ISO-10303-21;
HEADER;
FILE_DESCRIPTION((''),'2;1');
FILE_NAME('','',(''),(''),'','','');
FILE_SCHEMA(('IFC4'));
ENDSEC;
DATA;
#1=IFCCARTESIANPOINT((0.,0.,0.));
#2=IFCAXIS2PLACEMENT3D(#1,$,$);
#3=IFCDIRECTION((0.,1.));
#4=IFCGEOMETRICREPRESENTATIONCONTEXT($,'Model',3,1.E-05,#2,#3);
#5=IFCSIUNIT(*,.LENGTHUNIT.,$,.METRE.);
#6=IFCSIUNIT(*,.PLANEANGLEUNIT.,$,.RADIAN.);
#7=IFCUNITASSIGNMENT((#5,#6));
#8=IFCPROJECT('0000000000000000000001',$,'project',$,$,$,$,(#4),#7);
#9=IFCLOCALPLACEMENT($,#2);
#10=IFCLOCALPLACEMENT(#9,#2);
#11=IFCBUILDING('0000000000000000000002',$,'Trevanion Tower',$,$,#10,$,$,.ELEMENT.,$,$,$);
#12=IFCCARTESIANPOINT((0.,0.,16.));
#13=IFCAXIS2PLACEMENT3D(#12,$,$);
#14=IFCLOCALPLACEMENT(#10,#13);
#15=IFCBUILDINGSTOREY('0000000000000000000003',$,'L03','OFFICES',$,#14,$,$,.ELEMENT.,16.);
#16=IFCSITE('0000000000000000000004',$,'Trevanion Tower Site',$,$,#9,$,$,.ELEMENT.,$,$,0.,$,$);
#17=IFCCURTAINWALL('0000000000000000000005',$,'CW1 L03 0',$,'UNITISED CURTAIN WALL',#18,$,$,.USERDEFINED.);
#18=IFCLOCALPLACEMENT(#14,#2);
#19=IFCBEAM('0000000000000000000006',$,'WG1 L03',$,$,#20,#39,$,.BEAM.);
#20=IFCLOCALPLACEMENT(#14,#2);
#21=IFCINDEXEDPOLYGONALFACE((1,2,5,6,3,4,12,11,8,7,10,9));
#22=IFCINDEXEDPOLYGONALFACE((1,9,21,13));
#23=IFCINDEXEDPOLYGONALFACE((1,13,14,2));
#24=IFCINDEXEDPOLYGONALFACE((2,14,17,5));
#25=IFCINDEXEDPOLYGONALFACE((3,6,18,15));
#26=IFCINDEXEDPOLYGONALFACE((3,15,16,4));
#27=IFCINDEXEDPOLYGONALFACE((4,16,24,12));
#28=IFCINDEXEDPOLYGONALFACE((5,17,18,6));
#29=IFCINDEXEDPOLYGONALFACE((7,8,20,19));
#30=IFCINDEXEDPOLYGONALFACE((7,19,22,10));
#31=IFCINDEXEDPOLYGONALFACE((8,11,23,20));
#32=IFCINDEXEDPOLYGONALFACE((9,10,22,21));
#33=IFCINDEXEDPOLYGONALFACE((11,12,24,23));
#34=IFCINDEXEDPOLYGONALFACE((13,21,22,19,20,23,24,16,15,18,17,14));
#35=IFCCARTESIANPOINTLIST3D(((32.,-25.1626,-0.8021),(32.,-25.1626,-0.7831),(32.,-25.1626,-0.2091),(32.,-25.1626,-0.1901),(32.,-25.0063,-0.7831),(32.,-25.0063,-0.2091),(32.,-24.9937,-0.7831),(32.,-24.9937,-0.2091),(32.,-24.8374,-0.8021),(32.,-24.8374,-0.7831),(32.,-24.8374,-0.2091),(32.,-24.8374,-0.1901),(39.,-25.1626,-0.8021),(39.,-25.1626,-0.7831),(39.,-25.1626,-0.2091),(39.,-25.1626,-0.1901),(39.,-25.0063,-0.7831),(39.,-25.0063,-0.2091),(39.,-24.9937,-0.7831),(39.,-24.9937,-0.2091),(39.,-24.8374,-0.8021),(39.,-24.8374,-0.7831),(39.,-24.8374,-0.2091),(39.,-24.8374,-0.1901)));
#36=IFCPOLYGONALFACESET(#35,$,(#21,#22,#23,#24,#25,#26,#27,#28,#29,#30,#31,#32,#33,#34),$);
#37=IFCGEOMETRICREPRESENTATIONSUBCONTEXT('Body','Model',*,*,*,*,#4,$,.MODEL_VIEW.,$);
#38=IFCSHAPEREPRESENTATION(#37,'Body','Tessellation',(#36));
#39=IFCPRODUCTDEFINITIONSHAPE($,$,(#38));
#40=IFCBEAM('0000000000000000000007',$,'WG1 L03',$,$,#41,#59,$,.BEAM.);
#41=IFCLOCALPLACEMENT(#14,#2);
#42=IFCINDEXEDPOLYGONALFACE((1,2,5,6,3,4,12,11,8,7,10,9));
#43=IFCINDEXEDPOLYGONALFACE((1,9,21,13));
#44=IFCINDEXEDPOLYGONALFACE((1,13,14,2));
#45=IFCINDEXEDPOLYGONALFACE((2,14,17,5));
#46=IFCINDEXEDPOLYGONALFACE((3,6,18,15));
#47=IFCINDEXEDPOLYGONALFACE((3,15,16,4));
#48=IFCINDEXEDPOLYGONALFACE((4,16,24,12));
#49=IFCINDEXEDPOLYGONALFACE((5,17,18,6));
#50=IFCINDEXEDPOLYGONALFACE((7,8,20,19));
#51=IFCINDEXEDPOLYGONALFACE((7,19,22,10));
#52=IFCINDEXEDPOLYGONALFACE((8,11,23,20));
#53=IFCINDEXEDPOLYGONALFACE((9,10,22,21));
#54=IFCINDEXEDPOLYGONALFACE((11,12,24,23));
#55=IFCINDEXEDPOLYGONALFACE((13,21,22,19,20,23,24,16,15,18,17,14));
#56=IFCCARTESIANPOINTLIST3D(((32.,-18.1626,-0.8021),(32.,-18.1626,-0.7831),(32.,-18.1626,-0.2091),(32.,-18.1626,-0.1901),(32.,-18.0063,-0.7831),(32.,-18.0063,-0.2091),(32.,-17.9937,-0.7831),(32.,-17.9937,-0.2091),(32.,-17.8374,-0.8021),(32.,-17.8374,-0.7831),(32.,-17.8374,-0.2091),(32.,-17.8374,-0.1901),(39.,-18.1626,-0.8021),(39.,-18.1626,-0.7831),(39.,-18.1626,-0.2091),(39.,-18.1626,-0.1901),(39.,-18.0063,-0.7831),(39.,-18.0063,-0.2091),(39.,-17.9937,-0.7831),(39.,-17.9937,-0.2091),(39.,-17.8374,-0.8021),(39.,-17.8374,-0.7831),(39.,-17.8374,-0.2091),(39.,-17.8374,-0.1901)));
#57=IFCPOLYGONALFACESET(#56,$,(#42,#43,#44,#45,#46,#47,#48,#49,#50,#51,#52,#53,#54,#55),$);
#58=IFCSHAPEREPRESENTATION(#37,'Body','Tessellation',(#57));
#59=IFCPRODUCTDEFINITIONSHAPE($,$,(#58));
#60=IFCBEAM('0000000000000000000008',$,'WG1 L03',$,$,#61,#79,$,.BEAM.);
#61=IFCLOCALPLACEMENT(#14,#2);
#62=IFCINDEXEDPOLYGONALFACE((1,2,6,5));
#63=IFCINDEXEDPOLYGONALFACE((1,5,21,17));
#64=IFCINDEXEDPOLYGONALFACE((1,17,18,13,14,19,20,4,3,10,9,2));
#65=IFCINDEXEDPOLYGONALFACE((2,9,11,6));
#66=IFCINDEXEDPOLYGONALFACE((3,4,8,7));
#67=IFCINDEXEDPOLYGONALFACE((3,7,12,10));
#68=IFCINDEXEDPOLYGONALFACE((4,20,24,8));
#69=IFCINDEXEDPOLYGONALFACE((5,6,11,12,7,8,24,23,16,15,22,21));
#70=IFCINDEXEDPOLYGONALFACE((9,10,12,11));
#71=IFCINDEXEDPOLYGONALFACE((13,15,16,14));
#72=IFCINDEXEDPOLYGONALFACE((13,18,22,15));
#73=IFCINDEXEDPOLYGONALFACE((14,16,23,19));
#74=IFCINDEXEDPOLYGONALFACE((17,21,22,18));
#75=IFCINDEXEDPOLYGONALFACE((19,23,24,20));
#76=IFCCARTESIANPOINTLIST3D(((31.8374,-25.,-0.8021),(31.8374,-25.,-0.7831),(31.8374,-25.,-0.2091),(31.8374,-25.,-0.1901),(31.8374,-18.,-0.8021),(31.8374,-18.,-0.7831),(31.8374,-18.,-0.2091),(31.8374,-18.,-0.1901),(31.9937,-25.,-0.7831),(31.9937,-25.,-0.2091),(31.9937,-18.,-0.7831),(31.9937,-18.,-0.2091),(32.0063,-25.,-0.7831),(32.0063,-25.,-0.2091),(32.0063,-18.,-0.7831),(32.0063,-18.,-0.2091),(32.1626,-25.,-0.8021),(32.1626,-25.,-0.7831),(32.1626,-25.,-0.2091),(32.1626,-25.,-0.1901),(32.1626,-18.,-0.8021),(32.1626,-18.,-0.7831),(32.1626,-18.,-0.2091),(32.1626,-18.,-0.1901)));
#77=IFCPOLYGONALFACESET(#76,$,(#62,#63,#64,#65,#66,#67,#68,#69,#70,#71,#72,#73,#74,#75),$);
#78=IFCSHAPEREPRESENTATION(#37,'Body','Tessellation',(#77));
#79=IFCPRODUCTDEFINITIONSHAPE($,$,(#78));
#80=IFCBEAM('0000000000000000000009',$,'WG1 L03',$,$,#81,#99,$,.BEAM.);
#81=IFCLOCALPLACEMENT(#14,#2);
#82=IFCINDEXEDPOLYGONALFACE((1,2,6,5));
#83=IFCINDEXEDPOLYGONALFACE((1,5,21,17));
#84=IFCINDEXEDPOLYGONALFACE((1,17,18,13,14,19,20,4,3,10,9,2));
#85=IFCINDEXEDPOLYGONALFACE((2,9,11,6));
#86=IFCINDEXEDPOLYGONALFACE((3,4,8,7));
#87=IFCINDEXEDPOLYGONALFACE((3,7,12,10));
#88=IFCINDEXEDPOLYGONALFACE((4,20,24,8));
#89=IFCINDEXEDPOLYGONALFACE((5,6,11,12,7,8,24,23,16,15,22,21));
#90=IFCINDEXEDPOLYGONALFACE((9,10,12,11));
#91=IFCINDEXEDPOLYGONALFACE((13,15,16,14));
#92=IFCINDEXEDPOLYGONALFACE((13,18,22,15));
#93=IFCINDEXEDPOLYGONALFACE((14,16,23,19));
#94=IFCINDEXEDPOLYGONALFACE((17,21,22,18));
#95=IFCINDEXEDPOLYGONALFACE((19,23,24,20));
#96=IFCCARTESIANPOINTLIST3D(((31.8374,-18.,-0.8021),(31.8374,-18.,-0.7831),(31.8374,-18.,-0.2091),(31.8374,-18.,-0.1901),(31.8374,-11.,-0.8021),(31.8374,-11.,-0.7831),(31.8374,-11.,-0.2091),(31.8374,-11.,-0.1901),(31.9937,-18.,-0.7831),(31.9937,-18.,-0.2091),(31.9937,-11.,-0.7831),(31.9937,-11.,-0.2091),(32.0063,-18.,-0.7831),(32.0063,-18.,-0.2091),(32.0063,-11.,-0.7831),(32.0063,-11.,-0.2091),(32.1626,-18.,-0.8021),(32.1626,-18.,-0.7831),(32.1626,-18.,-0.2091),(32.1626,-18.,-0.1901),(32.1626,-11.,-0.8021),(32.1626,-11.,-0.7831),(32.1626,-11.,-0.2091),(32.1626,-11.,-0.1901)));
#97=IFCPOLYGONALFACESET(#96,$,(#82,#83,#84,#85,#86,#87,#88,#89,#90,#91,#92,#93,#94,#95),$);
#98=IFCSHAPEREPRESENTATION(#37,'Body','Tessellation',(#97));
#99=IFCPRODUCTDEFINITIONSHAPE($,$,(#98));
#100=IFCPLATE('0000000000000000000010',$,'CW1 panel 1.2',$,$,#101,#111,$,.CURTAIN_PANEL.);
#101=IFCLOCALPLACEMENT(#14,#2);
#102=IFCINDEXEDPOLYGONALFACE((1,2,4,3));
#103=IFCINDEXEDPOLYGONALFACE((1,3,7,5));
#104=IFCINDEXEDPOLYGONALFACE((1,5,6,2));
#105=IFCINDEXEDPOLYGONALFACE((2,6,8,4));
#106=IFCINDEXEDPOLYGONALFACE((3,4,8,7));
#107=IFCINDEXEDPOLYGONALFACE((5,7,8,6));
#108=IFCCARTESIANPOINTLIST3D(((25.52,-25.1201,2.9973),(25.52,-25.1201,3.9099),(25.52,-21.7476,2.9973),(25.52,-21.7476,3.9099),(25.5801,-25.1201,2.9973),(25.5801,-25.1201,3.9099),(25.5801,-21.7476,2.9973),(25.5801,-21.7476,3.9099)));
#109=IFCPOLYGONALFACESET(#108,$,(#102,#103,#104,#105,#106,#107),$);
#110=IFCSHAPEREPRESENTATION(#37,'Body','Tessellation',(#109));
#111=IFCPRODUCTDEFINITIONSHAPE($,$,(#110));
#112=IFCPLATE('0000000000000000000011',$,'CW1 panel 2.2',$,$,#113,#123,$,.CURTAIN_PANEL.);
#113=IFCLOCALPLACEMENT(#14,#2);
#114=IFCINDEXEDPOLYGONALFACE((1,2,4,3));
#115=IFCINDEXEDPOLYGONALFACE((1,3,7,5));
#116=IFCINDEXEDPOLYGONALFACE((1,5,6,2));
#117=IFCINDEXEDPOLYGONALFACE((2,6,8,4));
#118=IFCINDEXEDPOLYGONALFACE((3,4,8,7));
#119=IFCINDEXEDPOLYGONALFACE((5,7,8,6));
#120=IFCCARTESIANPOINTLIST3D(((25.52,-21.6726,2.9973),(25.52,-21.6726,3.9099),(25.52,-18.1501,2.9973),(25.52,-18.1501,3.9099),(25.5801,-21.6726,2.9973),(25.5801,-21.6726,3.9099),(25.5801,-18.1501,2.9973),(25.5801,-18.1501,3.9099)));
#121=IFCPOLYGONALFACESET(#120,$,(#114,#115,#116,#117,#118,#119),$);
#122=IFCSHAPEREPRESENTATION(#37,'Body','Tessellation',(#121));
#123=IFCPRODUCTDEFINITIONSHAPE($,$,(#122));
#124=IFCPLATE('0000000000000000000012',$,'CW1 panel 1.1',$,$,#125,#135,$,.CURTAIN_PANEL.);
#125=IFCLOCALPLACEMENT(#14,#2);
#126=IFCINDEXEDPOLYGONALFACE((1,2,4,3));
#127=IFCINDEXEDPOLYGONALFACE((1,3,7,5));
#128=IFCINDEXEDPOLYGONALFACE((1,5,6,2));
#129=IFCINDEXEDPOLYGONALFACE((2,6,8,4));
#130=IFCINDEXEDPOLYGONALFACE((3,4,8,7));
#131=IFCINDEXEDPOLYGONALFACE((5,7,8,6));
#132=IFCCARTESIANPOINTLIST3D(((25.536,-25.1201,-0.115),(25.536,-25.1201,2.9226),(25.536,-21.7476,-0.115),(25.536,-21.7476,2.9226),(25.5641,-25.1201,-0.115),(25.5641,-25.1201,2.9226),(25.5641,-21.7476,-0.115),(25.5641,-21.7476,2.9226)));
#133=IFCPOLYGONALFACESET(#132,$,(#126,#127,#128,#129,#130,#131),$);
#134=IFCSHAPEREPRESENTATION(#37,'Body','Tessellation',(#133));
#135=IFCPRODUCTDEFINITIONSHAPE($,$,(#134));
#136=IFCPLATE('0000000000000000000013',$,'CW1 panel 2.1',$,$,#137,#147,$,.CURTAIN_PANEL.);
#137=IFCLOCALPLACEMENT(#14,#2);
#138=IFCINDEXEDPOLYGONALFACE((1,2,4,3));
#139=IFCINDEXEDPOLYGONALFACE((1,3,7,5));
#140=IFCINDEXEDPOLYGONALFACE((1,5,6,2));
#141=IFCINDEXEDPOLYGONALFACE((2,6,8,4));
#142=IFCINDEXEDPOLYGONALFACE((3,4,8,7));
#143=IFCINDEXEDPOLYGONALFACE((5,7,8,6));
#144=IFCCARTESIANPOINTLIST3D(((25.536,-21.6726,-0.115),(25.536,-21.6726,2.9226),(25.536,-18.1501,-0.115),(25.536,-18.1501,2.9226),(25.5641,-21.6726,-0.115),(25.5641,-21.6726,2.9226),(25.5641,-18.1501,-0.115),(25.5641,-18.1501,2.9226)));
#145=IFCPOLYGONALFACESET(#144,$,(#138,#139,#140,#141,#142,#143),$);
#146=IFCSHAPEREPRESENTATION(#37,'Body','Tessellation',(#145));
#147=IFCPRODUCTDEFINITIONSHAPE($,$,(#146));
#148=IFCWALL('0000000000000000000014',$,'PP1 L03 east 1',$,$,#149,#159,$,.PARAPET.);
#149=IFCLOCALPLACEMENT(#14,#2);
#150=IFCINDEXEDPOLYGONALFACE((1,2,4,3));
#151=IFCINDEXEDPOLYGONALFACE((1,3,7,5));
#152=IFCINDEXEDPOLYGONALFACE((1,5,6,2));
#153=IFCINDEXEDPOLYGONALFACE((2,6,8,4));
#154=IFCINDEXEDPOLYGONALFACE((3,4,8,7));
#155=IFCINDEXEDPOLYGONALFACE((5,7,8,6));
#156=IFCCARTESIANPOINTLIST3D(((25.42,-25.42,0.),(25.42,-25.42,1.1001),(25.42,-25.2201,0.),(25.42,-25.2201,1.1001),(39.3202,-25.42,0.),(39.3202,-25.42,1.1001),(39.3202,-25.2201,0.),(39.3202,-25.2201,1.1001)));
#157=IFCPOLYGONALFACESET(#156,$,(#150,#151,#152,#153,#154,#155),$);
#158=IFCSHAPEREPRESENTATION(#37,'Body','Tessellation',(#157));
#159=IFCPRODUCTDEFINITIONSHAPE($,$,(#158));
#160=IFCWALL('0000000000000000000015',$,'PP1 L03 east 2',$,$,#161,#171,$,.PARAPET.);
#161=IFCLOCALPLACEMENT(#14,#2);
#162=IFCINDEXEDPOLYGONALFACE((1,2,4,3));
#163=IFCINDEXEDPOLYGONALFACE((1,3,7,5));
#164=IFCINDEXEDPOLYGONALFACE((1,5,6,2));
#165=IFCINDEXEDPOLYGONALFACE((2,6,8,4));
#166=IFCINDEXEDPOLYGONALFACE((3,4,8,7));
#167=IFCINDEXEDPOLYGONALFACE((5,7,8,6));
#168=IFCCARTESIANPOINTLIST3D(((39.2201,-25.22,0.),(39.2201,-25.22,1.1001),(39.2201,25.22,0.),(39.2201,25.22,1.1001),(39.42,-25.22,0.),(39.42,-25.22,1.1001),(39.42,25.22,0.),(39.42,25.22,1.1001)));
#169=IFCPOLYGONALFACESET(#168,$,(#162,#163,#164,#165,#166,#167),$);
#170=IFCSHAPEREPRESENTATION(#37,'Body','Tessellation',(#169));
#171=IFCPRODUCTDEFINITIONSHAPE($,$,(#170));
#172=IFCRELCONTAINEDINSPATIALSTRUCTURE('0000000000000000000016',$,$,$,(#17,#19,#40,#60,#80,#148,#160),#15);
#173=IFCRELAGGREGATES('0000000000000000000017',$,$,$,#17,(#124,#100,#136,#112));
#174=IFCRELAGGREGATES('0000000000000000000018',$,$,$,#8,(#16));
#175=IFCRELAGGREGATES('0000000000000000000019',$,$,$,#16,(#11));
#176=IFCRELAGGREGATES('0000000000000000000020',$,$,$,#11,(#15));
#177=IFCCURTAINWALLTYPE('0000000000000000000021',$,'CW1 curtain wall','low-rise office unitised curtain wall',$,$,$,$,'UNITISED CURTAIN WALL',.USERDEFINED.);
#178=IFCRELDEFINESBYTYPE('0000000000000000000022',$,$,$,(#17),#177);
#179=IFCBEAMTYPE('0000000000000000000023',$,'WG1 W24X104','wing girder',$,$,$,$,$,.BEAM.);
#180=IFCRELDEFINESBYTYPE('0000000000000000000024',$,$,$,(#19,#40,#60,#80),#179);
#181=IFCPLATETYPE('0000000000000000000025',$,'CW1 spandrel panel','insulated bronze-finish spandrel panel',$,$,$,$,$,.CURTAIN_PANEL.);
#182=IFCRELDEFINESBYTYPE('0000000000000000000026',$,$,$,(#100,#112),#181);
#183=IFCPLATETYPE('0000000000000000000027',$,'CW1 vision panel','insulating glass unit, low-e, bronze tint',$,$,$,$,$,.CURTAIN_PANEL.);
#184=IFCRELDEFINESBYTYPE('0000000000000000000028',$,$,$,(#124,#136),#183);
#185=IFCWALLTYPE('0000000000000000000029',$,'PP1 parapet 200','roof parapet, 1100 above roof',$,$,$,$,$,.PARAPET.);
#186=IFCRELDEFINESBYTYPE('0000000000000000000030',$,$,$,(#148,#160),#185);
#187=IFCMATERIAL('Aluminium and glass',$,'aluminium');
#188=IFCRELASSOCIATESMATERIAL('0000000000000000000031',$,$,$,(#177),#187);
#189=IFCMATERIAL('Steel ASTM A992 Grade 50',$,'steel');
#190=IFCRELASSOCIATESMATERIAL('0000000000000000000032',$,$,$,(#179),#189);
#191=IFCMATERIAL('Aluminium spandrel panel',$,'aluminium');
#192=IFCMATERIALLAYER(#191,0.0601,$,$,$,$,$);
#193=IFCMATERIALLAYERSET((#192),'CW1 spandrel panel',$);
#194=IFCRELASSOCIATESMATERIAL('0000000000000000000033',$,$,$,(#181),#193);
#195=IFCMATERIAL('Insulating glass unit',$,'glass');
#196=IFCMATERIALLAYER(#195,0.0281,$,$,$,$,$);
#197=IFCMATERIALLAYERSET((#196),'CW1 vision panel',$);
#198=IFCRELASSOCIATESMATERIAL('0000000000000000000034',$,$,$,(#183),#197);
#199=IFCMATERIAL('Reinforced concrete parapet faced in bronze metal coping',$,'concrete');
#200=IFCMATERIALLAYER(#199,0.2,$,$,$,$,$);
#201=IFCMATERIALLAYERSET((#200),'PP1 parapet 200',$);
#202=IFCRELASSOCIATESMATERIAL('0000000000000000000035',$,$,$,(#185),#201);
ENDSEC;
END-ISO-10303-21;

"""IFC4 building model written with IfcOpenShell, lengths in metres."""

from ifc_helpers import new_model, si_unit, direction, frame, frame_2d, origin, origin_2d, place, context, subcontext, project, spatial, rectangle, i_section, extrude, material, layer, layer_set, material_profile, profile_set, type_object, element, aggregate, save


model = new_model("IFC4")

# Units and contexts
model_context = context("Model", 3, precision=1e-05, world=origin(), true_north=direction((0.0, 1.0)))
body_context = subcontext(model_context, "Body", "Model", "MODEL_VIEW")
ifc_project = project(units=[si_unit("LENGTHUNIT", "METRE"), si_unit("PLANEANGLEUNIT", "RADIAN")], contexts=[model_context])

# Site, building, storey
site_placement = place(None, origin())
site = spatial("IfcSite", under=ifc_project, at=site_placement, Name="Trevanion Tower Site", CompositionType="ELEMENT", RefElevation=0.0)
building_placement = place(site_placement, origin())
building = spatial("IfcBuilding", under=site, at=building_placement, Name="Trevanion Tower", CompositionType="ELEMENT")
storey_placement = place(building_placement, frame((0.0, 0.0, 16.0)))
storey = spatial("IfcBuildingStorey", under=building, at=storey_placement, Name="L03", Description="OFFICES", CompositionType="ELEMENT", Elevation=16.0)

# Curtain wall
ifc_material_1 = material(Name="Aluminium and glass", Category="aluminium")
curtain_wall_type = type_object("IfcCurtainWallType", Name="CW1 curtain wall", Description="low-rise office unitised curtain wall", ElementType="UNITISED CURTAIN WALL", PredefinedType="USERDEFINED", material=ifc_material_1)
curtain_wall_1_placement = place(storey_placement, origin())
curtain_wall_1 = element("IfcCurtainWall", 1, at=curtain_wall_1_placement, inside=storey, type_object=curtain_wall_type, Name="CW1 L03 0", ObjectType="UNITISED CURTAIN WALL", PredefinedType="USERDEFINED")

# Beams
ifc_material_2 = material(Name="Steel ASTM A992 Grade 50", Category="steel")
ifc_material_profile_1 = material_profile(ifc_material_2, i_section(OverallWidth=0.3252, OverallDepth=0.6121, WebThickness=0.0127, FlangeThickness=0.019, at=origin_2d()), Name="W24X104")
ifc_profile_set_1 = profile_set([ifc_material_profile_1], Name="Steel ASTM A992 Grade 50")
beam_type_1 = type_object("IfcBeamType", Name="WG1 W24X104", Description="wing girder", PredefinedType="BEAM", material=ifc_profile_set_1)
for number, where, z_axis, x_axis, name in (
    (2, (32.0, -25.0, -0.4961), (1.0, 0.0, 0.0), (0.0, 1.0, 0.0), "WG1 L03"),
    (3, (32.0, -18.0, -0.4961), (1.0, 0.0, 0.0), (0.0, 1.0, 0.0), "WG1 L03"),
    (4, (32.0, -25.0, -0.4961), (0.0, 1.0, 0.0), (-1.0, 0.0, 0.0), "WG1 L03"),
    (5, (32.0, -18.0, -0.4961), (0.0, 1.0, 0.0), (-1.0, 0.0, 0.0), "WG1 L03"),
):
    element("IfcBeam", number, at=place(storey_placement, frame(where, z_axis=z_axis, x_axis=x_axis)), inside=storey, type_object=beam_type_1, Name=name, PredefinedType="BEAM", context=body_context, shape_type="SweptSolid", body=[
        extrude(i_section(OverallWidth=0.3252, OverallDepth=0.6121, WebThickness=0.0127, FlangeThickness=0.019, at=origin_2d()), origin(), (0.0, 0.0, 1.0), 7.0),
    ])

# Plates
ifc_material_3 = material(Name="Aluminium spandrel panel", Category="aluminium")
ifc_layer_1 = layer(ifc_material_3, 0.0601)
ifc_layer_set_1 = layer_set([ifc_layer_1], Name="CW1 spandrel panel")
plate_type_1 = type_object("IfcPlateType", Name="CW1 spandrel panel", Description="insulated bronze-finish spandrel panel", PredefinedType="CURTAIN_PANEL", material=ifc_layer_set_1)
plate_1_placement = place(storey_placement, frame((25.55, -23.4338, 2.9973), z_axis=(0.0, 0.0, 1.0), x_axis=(0.0, 1.0, 0.0)))
plate_1 = element("IfcPlate", 6, at=plate_1_placement, type_object=plate_type_1, Name="CW1 panel 1.2", PredefinedType="CURTAIN_PANEL", context=body_context, shape_type="SweptSolid", body=[
    extrude(rectangle(XDim=3.3726, YDim=0.0601, at=origin_2d()), origin(), (0.0, 0.0, 1.0), 0.9126),
])
plate_2_placement = place(storey_placement, frame((25.55, -19.9114, 2.9973), z_axis=(0.0, 0.0, 1.0), x_axis=(0.0, 1.0, 0.0)))
plate_2 = element("IfcPlate", 7, at=plate_2_placement, type_object=plate_type_1, Name="CW1 panel 2.2", PredefinedType="CURTAIN_PANEL", context=body_context, shape_type="SweptSolid", body=[
    extrude(rectangle(XDim=3.5225, YDim=0.0601, at=origin_2d()), origin(), (0.0, 0.0, 1.0), 0.9126),
])
ifc_material_4 = material(Name="Insulating glass unit", Category="glass")
ifc_layer_2 = layer(ifc_material_4, 0.0281)
ifc_layer_set_2 = layer_set([ifc_layer_2], Name="CW1 vision panel")
plate_type_2 = type_object("IfcPlateType", Name="CW1 vision panel", Description="insulating glass unit, low-e, bronze tint", PredefinedType="CURTAIN_PANEL", material=ifc_layer_set_2)
plate_3_placement = place(storey_placement, frame((25.55, -23.4338, -0.115), z_axis=(0.0, 0.0, 1.0), x_axis=(0.0, 1.0, 0.0)))
plate_3 = element("IfcPlate", 8, at=plate_3_placement, type_object=plate_type_2, Name="CW1 panel 1.1", PredefinedType="CURTAIN_PANEL", context=body_context, shape_type="SweptSolid", body=[
    extrude(rectangle(XDim=3.3726, YDim=0.0281, at=origin_2d()), origin(), (0.0, 0.0, 1.0), 3.0376),
])
plate_4_placement = place(storey_placement, frame((25.55, -19.9114, -0.115), z_axis=(0.0, 0.0, 1.0), x_axis=(0.0, 1.0, 0.0)))
plate_4 = element("IfcPlate", 9, at=plate_4_placement, type_object=plate_type_2, Name="CW1 panel 2.1", PredefinedType="CURTAIN_PANEL", context=body_context, shape_type="SweptSolid", body=[
    extrude(rectangle(XDim=3.5225, YDim=0.0281, at=origin_2d()), origin(), (0.0, 0.0, 1.0), 3.0376),
])
aggregate(curtain_wall_1, [plate_3, plate_1, plate_4, plate_2])

# Walls
ifc_material_5 = material(Name="Reinforced concrete parapet faced in bronze metal coping", Category="concrete")
ifc_layer_3 = layer(ifc_material_5, 0.2)
ifc_layer_set_3 = layer_set([ifc_layer_3], Name="PP1 parapet 200")
wall_type = type_object("IfcWallType", Name="PP1 parapet 200", Description="roof parapet, 1100 above roof", PredefinedType="PARAPET", material=ifc_layer_set_3)
wall_1_placement = place(storey_placement, frame((25.4199, -25.3201, 0.0), z_axis=(0.0, 0.0, 1.0), x_axis=(1.0, 0.0, 0.0)))
element("IfcWall", 10, at=wall_1_placement, inside=storey, type_object=wall_type, Name="PP1 L03 east 1", PredefinedType="PARAPET", context=body_context, shape_type="SweptSolid", body=[
    extrude(rectangle(XDim=13.9001, YDim=0.2, at=frame_2d((6.9502, 0.0))), origin(), (0.0, 0.0, 1.0), 1.1001),
])
wall_2_placement = place(storey_placement, frame((39.3201, -25.22, 0.0), z_axis=(0.0, 0.0, 1.0), x_axis=(0.0, 1.0, 0.0)))
element("IfcWall", 11, at=wall_2_placement, inside=storey, type_object=wall_type, Name="PP1 L03 east 2", PredefinedType="PARAPET", context=body_context, shape_type="SweptSolid", body=[
    extrude(rectangle(XDim=50.4399, YDim=0.2, at=frame_2d((25.22, 0.0))), origin(), (0.0, 0.0, 1.0), 1.1001),
])

save(model, "model.ifc")
